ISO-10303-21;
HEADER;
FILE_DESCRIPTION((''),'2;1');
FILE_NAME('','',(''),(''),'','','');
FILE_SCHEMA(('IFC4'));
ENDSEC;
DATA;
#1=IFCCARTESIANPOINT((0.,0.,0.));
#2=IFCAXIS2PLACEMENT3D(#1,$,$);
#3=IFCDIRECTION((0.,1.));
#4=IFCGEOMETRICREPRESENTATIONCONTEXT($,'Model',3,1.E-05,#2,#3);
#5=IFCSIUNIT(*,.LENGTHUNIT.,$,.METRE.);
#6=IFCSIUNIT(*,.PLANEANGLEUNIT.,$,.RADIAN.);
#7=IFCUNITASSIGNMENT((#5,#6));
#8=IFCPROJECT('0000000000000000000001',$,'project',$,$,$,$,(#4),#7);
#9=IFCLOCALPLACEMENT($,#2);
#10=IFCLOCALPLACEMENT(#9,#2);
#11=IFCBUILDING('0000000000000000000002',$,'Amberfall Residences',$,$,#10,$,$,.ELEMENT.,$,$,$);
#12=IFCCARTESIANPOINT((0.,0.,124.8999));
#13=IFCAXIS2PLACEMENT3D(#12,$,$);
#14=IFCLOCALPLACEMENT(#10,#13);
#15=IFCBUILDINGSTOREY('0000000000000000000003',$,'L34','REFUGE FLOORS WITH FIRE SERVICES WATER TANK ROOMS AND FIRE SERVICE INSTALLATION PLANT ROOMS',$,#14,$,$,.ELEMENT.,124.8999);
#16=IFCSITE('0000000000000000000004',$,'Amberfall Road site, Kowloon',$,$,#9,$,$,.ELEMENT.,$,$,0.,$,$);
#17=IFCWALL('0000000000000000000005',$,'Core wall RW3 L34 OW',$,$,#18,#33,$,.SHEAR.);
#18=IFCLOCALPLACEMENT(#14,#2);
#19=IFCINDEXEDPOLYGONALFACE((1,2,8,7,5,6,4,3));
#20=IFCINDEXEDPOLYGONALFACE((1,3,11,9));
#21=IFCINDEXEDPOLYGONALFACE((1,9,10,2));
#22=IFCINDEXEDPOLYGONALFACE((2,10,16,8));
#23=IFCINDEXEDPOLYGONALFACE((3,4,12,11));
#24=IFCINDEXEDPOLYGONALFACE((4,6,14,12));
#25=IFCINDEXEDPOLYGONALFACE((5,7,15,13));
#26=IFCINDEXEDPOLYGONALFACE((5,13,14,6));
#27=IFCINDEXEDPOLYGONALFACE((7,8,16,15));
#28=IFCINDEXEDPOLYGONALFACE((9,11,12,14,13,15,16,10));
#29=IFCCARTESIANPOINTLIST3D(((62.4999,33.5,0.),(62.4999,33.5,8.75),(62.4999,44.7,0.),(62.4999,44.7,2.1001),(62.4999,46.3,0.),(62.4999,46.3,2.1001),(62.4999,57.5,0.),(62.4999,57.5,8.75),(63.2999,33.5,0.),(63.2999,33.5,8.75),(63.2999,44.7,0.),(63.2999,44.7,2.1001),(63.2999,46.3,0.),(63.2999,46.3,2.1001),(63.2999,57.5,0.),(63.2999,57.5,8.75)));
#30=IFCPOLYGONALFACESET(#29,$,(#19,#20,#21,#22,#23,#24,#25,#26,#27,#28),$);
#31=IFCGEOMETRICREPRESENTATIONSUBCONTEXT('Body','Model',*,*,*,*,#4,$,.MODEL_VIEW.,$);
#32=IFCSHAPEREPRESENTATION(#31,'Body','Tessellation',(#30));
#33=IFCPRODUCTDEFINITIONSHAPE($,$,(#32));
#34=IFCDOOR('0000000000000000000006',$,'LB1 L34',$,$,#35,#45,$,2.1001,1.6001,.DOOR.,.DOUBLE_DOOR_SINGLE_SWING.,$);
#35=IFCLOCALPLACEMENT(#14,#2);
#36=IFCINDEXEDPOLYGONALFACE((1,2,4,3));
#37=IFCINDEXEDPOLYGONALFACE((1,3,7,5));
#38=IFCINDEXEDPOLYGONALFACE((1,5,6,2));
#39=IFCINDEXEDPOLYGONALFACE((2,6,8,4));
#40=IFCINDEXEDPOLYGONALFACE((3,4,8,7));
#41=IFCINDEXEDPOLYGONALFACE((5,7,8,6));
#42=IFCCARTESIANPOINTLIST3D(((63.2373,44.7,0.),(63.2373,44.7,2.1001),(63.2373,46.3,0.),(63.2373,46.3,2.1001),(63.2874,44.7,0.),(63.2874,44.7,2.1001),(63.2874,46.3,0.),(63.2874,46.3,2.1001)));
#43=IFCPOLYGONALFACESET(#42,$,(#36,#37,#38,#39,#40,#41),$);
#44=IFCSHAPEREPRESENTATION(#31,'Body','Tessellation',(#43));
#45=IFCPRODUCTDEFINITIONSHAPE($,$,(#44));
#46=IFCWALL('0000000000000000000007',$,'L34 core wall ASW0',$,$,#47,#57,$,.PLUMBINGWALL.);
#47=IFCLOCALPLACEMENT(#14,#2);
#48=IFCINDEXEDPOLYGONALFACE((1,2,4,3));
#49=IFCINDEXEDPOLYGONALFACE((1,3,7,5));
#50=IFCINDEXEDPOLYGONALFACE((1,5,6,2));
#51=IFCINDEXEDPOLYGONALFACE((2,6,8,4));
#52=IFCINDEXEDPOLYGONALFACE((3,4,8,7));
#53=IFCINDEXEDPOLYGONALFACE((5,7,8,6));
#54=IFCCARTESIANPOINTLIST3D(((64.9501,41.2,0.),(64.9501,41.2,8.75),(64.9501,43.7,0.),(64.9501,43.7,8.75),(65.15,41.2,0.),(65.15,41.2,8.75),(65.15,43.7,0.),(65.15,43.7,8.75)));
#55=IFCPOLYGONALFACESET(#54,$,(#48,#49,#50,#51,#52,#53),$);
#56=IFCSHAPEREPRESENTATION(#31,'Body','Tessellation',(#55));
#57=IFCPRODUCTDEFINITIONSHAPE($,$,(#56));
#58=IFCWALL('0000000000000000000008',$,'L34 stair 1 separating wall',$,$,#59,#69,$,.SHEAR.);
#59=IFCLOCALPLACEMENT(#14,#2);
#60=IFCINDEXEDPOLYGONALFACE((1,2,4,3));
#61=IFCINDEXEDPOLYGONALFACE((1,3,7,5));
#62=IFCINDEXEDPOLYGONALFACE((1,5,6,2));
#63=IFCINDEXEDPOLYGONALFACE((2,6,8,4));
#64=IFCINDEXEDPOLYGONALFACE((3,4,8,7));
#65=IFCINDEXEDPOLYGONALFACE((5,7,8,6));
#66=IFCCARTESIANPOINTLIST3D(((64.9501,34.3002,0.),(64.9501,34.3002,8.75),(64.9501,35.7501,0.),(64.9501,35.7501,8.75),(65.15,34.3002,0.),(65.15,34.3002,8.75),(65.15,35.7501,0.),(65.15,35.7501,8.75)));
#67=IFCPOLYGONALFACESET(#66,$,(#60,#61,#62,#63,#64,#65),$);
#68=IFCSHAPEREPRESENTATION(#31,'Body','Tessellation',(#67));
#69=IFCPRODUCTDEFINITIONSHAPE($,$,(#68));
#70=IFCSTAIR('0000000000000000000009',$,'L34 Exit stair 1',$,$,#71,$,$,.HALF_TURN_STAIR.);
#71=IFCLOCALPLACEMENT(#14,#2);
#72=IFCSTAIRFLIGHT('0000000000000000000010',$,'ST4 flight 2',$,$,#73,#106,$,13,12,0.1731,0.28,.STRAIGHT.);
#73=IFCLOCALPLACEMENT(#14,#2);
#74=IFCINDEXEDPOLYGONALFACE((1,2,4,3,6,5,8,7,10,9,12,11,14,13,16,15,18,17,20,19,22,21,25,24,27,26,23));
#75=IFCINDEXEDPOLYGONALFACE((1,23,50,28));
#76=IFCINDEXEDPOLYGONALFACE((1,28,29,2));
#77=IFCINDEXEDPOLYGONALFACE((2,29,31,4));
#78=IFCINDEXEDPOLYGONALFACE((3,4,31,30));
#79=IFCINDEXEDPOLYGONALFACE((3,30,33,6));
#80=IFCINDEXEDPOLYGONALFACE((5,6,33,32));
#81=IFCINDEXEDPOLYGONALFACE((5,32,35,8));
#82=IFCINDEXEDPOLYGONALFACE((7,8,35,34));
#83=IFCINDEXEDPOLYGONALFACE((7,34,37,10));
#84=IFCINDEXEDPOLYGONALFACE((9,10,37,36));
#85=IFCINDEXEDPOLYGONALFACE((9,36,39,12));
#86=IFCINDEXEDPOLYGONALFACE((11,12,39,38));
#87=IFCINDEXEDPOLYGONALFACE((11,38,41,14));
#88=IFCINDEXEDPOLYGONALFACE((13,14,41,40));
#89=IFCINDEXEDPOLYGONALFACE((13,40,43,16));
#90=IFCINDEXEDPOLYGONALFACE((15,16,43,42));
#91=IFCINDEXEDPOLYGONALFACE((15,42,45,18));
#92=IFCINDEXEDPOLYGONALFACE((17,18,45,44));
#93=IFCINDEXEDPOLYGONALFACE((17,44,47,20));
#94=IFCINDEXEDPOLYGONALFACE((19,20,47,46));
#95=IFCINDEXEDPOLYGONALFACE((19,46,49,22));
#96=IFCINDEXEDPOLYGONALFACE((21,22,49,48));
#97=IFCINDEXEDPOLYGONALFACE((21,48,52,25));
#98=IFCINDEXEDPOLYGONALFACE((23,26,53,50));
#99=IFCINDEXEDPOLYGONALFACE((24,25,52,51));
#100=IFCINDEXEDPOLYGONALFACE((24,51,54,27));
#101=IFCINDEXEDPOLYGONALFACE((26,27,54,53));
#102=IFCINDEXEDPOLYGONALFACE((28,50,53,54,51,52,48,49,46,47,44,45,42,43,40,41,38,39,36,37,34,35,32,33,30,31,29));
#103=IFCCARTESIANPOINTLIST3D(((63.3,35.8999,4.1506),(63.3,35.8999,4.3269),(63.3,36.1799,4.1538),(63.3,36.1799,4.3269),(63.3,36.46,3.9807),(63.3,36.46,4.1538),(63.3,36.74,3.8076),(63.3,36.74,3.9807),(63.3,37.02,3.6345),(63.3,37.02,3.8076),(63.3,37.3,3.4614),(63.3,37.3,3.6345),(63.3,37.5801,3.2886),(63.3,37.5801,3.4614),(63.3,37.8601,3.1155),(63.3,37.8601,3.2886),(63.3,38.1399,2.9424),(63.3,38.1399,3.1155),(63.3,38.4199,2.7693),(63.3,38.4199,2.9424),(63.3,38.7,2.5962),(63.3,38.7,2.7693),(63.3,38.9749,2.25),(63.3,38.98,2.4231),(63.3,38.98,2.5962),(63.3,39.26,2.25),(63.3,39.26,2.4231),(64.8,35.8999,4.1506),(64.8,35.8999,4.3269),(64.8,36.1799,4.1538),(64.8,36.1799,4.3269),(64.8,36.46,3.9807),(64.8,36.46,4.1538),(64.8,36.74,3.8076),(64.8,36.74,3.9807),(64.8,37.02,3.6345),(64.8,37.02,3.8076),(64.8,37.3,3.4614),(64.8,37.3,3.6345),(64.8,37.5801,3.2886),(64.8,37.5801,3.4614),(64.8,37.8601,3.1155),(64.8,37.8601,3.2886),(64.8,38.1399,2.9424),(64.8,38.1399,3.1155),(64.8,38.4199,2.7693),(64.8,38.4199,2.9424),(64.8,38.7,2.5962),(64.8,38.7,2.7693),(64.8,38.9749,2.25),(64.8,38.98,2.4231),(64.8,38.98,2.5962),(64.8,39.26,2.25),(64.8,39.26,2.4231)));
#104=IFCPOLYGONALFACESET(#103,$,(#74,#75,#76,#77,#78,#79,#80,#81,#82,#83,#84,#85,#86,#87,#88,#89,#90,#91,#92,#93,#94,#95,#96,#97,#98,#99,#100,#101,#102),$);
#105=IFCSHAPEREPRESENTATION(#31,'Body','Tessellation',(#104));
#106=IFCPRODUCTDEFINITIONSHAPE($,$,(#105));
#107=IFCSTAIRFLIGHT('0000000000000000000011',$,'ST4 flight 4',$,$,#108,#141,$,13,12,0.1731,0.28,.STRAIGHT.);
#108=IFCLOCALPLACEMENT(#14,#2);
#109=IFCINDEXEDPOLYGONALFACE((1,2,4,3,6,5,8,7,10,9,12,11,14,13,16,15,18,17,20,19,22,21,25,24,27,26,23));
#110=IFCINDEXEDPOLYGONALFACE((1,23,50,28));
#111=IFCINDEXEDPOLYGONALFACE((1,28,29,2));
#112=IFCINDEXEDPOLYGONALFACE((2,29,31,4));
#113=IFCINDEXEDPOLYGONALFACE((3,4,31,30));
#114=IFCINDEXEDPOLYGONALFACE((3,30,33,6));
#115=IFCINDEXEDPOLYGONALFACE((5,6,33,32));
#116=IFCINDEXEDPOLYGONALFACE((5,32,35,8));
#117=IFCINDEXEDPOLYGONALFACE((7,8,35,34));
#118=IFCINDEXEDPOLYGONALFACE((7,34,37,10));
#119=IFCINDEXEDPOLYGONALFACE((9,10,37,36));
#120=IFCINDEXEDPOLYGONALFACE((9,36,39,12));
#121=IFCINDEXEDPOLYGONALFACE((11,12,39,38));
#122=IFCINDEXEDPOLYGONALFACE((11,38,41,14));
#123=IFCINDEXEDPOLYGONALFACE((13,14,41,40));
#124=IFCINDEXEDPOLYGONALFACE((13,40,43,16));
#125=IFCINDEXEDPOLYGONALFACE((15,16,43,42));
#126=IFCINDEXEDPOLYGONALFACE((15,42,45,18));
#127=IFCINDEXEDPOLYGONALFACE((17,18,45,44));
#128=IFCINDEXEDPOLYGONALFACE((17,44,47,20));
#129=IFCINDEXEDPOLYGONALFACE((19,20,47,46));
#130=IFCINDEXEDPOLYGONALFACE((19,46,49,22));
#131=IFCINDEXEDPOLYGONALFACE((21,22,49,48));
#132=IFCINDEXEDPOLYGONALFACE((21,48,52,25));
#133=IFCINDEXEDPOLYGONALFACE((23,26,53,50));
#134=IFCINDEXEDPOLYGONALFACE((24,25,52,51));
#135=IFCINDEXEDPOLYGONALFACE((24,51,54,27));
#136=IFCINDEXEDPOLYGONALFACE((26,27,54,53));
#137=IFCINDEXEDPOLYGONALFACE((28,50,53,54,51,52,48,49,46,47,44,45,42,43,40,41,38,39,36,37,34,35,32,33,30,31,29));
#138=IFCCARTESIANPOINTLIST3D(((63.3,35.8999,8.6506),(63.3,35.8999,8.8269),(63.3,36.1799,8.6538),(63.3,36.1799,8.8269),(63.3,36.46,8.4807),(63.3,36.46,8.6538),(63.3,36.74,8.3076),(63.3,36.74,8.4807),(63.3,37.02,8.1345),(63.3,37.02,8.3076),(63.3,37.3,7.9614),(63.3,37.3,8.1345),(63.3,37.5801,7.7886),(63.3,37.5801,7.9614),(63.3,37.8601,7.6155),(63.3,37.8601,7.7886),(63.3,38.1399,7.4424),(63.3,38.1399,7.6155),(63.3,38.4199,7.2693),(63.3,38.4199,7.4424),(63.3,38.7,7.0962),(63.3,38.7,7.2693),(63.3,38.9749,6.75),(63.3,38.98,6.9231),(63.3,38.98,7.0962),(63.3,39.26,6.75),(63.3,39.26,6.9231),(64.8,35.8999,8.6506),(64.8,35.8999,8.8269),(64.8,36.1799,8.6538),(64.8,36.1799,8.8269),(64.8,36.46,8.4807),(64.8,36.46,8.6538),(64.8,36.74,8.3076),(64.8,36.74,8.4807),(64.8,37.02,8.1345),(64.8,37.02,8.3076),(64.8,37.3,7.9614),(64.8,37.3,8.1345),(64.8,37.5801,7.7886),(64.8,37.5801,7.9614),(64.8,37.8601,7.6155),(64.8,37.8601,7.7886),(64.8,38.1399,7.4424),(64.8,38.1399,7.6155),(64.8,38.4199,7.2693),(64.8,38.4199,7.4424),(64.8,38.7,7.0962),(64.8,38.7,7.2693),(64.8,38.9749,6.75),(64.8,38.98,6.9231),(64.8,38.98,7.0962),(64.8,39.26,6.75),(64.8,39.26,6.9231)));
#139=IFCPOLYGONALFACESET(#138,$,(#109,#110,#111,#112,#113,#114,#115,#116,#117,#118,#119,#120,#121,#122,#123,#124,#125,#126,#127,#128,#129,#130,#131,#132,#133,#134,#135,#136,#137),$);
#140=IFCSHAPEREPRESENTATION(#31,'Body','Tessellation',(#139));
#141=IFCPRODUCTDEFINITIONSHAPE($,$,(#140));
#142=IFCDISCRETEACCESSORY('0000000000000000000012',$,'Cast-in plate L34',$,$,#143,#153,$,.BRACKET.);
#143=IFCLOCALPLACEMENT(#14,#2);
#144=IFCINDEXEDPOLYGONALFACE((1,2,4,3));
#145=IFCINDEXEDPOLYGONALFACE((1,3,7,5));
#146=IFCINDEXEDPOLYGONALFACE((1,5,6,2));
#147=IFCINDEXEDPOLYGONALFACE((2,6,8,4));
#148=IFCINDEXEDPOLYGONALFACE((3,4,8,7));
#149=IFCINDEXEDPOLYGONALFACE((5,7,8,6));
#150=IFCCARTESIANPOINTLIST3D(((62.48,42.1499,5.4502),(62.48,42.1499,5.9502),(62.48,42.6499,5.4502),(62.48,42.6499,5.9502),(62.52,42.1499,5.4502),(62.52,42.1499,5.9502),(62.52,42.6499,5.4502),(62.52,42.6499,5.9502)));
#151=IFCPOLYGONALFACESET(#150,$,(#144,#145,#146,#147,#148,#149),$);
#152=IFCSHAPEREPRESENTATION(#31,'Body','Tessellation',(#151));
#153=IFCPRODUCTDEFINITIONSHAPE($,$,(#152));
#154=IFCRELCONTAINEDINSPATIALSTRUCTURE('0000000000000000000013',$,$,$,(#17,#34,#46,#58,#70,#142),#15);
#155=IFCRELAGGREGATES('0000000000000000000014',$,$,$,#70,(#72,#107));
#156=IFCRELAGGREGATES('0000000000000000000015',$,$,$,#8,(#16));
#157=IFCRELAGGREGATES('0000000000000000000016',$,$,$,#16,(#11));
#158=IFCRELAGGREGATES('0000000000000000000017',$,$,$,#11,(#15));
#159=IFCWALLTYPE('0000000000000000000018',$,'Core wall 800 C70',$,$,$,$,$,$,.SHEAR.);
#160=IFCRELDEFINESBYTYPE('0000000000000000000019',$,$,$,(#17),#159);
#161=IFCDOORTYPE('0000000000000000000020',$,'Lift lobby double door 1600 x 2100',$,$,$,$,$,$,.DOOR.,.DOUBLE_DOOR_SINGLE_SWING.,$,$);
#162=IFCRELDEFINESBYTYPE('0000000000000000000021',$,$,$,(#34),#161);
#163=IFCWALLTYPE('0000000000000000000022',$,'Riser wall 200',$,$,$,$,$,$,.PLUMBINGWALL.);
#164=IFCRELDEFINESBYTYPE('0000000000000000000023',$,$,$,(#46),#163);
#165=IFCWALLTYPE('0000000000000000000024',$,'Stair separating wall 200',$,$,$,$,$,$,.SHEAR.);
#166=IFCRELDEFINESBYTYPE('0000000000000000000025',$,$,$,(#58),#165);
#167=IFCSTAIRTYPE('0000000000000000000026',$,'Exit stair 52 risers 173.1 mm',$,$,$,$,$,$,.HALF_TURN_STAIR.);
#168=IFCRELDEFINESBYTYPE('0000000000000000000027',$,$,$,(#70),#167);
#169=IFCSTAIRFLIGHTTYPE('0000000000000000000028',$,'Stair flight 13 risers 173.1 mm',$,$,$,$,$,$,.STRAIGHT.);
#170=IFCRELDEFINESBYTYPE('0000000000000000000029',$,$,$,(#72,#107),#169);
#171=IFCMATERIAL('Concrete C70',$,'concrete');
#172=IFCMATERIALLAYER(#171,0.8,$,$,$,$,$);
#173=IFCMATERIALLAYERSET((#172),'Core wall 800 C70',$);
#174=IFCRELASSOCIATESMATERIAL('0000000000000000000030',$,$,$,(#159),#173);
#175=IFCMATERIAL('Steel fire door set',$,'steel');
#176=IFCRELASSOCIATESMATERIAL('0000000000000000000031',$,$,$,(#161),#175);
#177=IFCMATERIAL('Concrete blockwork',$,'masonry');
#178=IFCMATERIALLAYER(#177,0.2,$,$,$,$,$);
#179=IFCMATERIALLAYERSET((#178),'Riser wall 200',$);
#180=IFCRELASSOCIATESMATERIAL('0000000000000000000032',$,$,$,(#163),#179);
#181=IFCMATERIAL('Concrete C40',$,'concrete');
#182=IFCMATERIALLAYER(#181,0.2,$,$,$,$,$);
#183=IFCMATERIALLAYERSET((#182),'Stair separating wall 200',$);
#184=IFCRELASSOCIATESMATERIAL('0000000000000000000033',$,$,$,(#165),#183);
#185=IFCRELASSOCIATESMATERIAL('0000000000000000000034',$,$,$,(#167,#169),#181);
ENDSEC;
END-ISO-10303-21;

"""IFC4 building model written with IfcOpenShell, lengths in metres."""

from ifc_helpers import new_model, si_unit, direction, frame, frame_2d, origin, origin_2d, place, context, subcontext, project, spatial, polyline, rectangle, outline, extrude, material, layer, layer_set, type_object, element, fill, aggregate, save


model = new_model("IFC4")

# Units and contexts
model_context = context("Model", 3, precision=1e-05, world=origin(), true_north=direction((0.0, 1.0)))
body_context = subcontext(model_context, "Body", "Model", "MODEL_VIEW")
ifc_project = project(units=[si_unit("LENGTHUNIT", "METRE"), si_unit("PLANEANGLEUNIT", "RADIAN")], contexts=[model_context])

# Site, building, storey
site_placement = place(None, origin())
site = spatial("IfcSite", under=ifc_project, at=site_placement, Name="Amberfall Road site, Kowloon", CompositionType="ELEMENT", RefElevation=0.0)
building_placement = place(site_placement, origin())
building = spatial("IfcBuilding", under=site, at=building_placement, Name="Amberfall Residences", CompositionType="ELEMENT")
storey_placement = place(building_placement, frame((0.0, 0.0, 124.8999)))
storey = spatial("IfcBuildingStorey", under=building, at=storey_placement, Name="L34", Description="REFUGE FLOORS WITH FIRE SERVICES WATER TANK ROOMS AND FIRE SERVICE INSTALLATION PLANT ROOMS", CompositionType="ELEMENT", Elevation=124.8999)

# Shared definitions
ifc_material_1 = material(Name="Concrete C70", Category="concrete")

# Shared definitions
ifc_layer_1 = layer(ifc_material_1, 0.8)
ifc_layer_set_1 = layer_set([ifc_layer_1], Name="Core wall 800 C70")
wall_type_1 = type_object("IfcWallType", Name="Core wall 800 C70", PredefinedType="SHEAR", material=ifc_layer_set_1)
ifc_material_2 = material(Name="Steel fire door set", Category="steel")

# Wall, opening, door
wall_1_placement = place(storey_placement, frame((62.8999, 33.5, 0.0), z_axis=(0.0, 0.0, 1.0), x_axis=(0.0, 1.0, 0.0)))
wall_1 = element("IfcWall", 1, at=wall_1_placement, inside=storey, type_object=wall_type_1, Name="Core wall RW3 L34 OW", PredefinedType="SHEAR", context=body_context, shape_type="SweptSolid", body=[
    extrude(rectangle(XDim=24.0, YDim=0.8, at=frame_2d((12.0, 0.0))), origin(), (0.0, 0.0, 1.0), 8.75),
])
opening_1_placement = place(wall_1_placement, frame((11.2, 0.0, 0.0)))
opening_1 = element("IfcOpeningElement", 2, at=opening_1_placement, cuts=wall_1, PredefinedType="OPENING", context=body_context, shape_type="SweptSolid", body=[
    extrude(rectangle(XDim=1.6001, YDim=2.1001, at=frame_2d((0.8, 1.05))), frame((0.0, 0.4099, 0.0), z_axis=(0.0, -1.0, 0.0), x_axis=(1.0, 0.0, 0.0)), (0.0, 0.0, 1.0), 0.8201),
])
door_type_1 = type_object("IfcDoorType", Name="Lift lobby double door 1600 x 2100", OperationType="DOUBLE_DOOR_SINGLE_SWING", PredefinedType="DOOR", material=ifc_material_2)
door_1_placement = place(opening_1_placement, origin())
door_1 = element("IfcDoor", 3, at=door_1_placement, inside=storey, type_object=door_type_1, Name="LB1 L34", OperationType="DOUBLE_DOOR_SINGLE_SWING", OverallHeight=2.1001, OverallWidth=1.6001, PredefinedType="DOOR", context=body_context, shape_type="SweptSolid", body=[
    extrude(rectangle(XDim=1.6001, YDim=2.1001, at=frame_2d((0.8, 1.05))), frame((0.0, -0.3374, 0.0), z_axis=(0.0, -1.0, 0.0), x_axis=(1.0, 0.0, 0.0)), (0.0, 0.0, 1.0), 0.05),
])
fill(opening_1, door_1)

# Walls
ifc_material_3 = material(Name="Concrete blockwork", Category="masonry")
ifc_layer_2 = layer(ifc_material_3, 0.2)
ifc_layer_set_2 = layer_set([ifc_layer_2], Name="Riser wall 200")
wall_type_2 = type_object("IfcWallType", Name="Riser wall 200", PredefinedType="PLUMBINGWALL", material=ifc_layer_set_2)
wall_2_placement = place(storey_placement, frame((65.05, 41.2, 0.0), z_axis=(0.0, 0.0, 1.0), x_axis=(0.0, 1.0, 0.0)))
element("IfcWall", 4, at=wall_2_placement, inside=storey, type_object=wall_type_2, Name="L34 core wall ASW0", PredefinedType="PLUMBINGWALL", context=body_context, shape_type="SweptSolid", body=[
    extrude(rectangle(XDim=2.5, YDim=0.2, at=frame_2d((1.25, 0.0))), origin(), (0.0, 0.0, 1.0), 8.75),
])
ifc_material_4 = material(Name="Concrete C40", Category="concrete")
ifc_layer_3 = layer(ifc_material_4, 0.2)
ifc_layer_set_3 = layer_set([ifc_layer_3], Name="Stair separating wall 200")
wall_type_3 = type_object("IfcWallType", Name="Stair separating wall 200", PredefinedType="SHEAR", material=ifc_layer_set_3)
wall_3_placement = place(storey_placement, frame((65.05, 34.3, 0.0), z_axis=(0.0, 0.0, 1.0), x_axis=(0.0, 1.0, 0.0)))
element("IfcWall", 5, at=wall_3_placement, inside=storey, type_object=wall_type_3, Name="L34 stair 1 separating wall", PredefinedType="SHEAR", context=body_context, shape_type="SweptSolid", body=[
    extrude(rectangle(XDim=1.45, YDim=0.2, at=frame_2d((0.7251, 0.0))), origin(), (0.0, 0.0, 1.0), 8.75),
])

# Stair, stair flights
stair_type = type_object("IfcStairType", Name="Exit stair 52 risers 173.1 mm", PredefinedType="HALF_TURN_STAIR", material=ifc_material_4)
stair_placement = place(storey_placement, origin())
stair = element("IfcStair", 6, at=stair_placement, inside=storey, type_object=stair_type, Name="L34 Exit stair 1", PredefinedType="HALF_TURN_STAIR")
stair_flight_type = type_object("IfcStairFlightType", Name="Stair flight 13 risers 173.1 mm", PredefinedType="STRAIGHT", material=ifc_material_4)
stair_flight_1_placement = place(storey_placement, frame((64.05, 39.26, 2.25), z_axis=(0.0, 0.0, 1.0), x_axis=(0.0, -1.0, 0.0)))
stair_flight_1 = element("IfcStairFlight", 7, at=stair_flight_1_placement, type_object=stair_flight_type, Name="ST4 flight 2", NumberOfRisers=13, NumberOfTreads=12, PredefinedType="STRAIGHT", RiserHeight=0.1731, TreadLength=0.28, context=body_context, shape_type="SweptSolid", body=[
    extrude(outline(polyline([(0.0, 0.0), (0.0, 0.1731), (0.28, 0.1731), (0.28, 0.3462), (0.5601, 0.3462), (0.5601, 0.5193), (0.8401, 0.5193), (0.8401, 0.6924), (1.1201, 0.6924), (1.1201, 0.8655), (1.3999, 0.8655), (1.3999, 1.0386), (1.6799, 1.0386), (1.6799, 1.2114), (1.96, 1.2114), (1.96, 1.3845), (2.24, 1.3845), (2.24, 1.5576), (2.52, 1.5576), (2.52, 1.7307), (2.8, 1.7307), (2.8, 1.9038), (3.0801, 1.9038), (3.0801, 2.0769), (3.3601, 2.0769), (3.3601, 2.25), (3.3601, 1.9006), (0.2852, 0.0), (0.0, 0.0)])), frame((0.0, 0.75, 0.0), z_axis=(0.0, -1.0, 0.0), x_axis=(1.0, 0.0, 0.0)), (0.0, 0.0, 1.0), 1.5),
])
stair_flight_2_placement = place(storey_placement, frame((64.05, 39.26, 6.75), z_axis=(0.0, 0.0, 1.0), x_axis=(0.0, -1.0, 0.0)))
stair_flight_2 = element("IfcStairFlight", 8, at=stair_flight_2_placement, type_object=stair_flight_type, Name="ST4 flight 4", NumberOfRisers=13, NumberOfTreads=12, PredefinedType="STRAIGHT", RiserHeight=0.1731, TreadLength=0.28, context=body_context, shape_type="SweptSolid", body=[
    extrude(outline(polyline([(0.0, 0.0), (0.0, 0.1731), (0.28, 0.1731), (0.28, 0.3462), (0.5601, 0.3462), (0.5601, 0.5193), (0.8401, 0.5193), (0.8401, 0.6924), (1.1201, 0.6924), (1.1201, 0.8655), (1.3999, 0.8655), (1.3999, 1.0386), (1.6799, 1.0386), (1.6799, 1.2114), (1.96, 1.2114), (1.96, 1.3845), (2.24, 1.3845), (2.24, 1.5576), (2.52, 1.5576), (2.52, 1.7307), (2.8, 1.7307), (2.8, 1.9038), (3.0801, 1.9038), (3.0801, 2.0769), (3.3601, 2.0769), (3.3601, 2.25), (3.3601, 1.9006), (0.2852, 0.0), (0.0, 0.0)])), frame((0.0, 0.75, 0.0), z_axis=(0.0, -1.0, 0.0), x_axis=(1.0, 0.0, 0.0)), (0.0, 0.0, 1.0), 1.5),
])
aggregate(stair, [stair_flight_1, stair_flight_2])

# Discrete accessory
discrete_accessory_placement = place(storey_placement, frame((62.5, 42.3999, 5.4502), z_axis=(0.0, 0.0, 1.0), x_axis=(1.0, 0.0, 0.0)))
element("IfcDiscreteAccessory", 9, at=discrete_accessory_placement, inside=storey, Name="Cast-in plate L34", PredefinedType="BRACKET", context=body_context, shape_type="SweptSolid", body=[
    extrude(rectangle(XDim=0.04, YDim=0.5, at=origin_2d()), origin(), (0.0, 0.0, 1.0), 0.5),
])

save(model, "model.ifc")
